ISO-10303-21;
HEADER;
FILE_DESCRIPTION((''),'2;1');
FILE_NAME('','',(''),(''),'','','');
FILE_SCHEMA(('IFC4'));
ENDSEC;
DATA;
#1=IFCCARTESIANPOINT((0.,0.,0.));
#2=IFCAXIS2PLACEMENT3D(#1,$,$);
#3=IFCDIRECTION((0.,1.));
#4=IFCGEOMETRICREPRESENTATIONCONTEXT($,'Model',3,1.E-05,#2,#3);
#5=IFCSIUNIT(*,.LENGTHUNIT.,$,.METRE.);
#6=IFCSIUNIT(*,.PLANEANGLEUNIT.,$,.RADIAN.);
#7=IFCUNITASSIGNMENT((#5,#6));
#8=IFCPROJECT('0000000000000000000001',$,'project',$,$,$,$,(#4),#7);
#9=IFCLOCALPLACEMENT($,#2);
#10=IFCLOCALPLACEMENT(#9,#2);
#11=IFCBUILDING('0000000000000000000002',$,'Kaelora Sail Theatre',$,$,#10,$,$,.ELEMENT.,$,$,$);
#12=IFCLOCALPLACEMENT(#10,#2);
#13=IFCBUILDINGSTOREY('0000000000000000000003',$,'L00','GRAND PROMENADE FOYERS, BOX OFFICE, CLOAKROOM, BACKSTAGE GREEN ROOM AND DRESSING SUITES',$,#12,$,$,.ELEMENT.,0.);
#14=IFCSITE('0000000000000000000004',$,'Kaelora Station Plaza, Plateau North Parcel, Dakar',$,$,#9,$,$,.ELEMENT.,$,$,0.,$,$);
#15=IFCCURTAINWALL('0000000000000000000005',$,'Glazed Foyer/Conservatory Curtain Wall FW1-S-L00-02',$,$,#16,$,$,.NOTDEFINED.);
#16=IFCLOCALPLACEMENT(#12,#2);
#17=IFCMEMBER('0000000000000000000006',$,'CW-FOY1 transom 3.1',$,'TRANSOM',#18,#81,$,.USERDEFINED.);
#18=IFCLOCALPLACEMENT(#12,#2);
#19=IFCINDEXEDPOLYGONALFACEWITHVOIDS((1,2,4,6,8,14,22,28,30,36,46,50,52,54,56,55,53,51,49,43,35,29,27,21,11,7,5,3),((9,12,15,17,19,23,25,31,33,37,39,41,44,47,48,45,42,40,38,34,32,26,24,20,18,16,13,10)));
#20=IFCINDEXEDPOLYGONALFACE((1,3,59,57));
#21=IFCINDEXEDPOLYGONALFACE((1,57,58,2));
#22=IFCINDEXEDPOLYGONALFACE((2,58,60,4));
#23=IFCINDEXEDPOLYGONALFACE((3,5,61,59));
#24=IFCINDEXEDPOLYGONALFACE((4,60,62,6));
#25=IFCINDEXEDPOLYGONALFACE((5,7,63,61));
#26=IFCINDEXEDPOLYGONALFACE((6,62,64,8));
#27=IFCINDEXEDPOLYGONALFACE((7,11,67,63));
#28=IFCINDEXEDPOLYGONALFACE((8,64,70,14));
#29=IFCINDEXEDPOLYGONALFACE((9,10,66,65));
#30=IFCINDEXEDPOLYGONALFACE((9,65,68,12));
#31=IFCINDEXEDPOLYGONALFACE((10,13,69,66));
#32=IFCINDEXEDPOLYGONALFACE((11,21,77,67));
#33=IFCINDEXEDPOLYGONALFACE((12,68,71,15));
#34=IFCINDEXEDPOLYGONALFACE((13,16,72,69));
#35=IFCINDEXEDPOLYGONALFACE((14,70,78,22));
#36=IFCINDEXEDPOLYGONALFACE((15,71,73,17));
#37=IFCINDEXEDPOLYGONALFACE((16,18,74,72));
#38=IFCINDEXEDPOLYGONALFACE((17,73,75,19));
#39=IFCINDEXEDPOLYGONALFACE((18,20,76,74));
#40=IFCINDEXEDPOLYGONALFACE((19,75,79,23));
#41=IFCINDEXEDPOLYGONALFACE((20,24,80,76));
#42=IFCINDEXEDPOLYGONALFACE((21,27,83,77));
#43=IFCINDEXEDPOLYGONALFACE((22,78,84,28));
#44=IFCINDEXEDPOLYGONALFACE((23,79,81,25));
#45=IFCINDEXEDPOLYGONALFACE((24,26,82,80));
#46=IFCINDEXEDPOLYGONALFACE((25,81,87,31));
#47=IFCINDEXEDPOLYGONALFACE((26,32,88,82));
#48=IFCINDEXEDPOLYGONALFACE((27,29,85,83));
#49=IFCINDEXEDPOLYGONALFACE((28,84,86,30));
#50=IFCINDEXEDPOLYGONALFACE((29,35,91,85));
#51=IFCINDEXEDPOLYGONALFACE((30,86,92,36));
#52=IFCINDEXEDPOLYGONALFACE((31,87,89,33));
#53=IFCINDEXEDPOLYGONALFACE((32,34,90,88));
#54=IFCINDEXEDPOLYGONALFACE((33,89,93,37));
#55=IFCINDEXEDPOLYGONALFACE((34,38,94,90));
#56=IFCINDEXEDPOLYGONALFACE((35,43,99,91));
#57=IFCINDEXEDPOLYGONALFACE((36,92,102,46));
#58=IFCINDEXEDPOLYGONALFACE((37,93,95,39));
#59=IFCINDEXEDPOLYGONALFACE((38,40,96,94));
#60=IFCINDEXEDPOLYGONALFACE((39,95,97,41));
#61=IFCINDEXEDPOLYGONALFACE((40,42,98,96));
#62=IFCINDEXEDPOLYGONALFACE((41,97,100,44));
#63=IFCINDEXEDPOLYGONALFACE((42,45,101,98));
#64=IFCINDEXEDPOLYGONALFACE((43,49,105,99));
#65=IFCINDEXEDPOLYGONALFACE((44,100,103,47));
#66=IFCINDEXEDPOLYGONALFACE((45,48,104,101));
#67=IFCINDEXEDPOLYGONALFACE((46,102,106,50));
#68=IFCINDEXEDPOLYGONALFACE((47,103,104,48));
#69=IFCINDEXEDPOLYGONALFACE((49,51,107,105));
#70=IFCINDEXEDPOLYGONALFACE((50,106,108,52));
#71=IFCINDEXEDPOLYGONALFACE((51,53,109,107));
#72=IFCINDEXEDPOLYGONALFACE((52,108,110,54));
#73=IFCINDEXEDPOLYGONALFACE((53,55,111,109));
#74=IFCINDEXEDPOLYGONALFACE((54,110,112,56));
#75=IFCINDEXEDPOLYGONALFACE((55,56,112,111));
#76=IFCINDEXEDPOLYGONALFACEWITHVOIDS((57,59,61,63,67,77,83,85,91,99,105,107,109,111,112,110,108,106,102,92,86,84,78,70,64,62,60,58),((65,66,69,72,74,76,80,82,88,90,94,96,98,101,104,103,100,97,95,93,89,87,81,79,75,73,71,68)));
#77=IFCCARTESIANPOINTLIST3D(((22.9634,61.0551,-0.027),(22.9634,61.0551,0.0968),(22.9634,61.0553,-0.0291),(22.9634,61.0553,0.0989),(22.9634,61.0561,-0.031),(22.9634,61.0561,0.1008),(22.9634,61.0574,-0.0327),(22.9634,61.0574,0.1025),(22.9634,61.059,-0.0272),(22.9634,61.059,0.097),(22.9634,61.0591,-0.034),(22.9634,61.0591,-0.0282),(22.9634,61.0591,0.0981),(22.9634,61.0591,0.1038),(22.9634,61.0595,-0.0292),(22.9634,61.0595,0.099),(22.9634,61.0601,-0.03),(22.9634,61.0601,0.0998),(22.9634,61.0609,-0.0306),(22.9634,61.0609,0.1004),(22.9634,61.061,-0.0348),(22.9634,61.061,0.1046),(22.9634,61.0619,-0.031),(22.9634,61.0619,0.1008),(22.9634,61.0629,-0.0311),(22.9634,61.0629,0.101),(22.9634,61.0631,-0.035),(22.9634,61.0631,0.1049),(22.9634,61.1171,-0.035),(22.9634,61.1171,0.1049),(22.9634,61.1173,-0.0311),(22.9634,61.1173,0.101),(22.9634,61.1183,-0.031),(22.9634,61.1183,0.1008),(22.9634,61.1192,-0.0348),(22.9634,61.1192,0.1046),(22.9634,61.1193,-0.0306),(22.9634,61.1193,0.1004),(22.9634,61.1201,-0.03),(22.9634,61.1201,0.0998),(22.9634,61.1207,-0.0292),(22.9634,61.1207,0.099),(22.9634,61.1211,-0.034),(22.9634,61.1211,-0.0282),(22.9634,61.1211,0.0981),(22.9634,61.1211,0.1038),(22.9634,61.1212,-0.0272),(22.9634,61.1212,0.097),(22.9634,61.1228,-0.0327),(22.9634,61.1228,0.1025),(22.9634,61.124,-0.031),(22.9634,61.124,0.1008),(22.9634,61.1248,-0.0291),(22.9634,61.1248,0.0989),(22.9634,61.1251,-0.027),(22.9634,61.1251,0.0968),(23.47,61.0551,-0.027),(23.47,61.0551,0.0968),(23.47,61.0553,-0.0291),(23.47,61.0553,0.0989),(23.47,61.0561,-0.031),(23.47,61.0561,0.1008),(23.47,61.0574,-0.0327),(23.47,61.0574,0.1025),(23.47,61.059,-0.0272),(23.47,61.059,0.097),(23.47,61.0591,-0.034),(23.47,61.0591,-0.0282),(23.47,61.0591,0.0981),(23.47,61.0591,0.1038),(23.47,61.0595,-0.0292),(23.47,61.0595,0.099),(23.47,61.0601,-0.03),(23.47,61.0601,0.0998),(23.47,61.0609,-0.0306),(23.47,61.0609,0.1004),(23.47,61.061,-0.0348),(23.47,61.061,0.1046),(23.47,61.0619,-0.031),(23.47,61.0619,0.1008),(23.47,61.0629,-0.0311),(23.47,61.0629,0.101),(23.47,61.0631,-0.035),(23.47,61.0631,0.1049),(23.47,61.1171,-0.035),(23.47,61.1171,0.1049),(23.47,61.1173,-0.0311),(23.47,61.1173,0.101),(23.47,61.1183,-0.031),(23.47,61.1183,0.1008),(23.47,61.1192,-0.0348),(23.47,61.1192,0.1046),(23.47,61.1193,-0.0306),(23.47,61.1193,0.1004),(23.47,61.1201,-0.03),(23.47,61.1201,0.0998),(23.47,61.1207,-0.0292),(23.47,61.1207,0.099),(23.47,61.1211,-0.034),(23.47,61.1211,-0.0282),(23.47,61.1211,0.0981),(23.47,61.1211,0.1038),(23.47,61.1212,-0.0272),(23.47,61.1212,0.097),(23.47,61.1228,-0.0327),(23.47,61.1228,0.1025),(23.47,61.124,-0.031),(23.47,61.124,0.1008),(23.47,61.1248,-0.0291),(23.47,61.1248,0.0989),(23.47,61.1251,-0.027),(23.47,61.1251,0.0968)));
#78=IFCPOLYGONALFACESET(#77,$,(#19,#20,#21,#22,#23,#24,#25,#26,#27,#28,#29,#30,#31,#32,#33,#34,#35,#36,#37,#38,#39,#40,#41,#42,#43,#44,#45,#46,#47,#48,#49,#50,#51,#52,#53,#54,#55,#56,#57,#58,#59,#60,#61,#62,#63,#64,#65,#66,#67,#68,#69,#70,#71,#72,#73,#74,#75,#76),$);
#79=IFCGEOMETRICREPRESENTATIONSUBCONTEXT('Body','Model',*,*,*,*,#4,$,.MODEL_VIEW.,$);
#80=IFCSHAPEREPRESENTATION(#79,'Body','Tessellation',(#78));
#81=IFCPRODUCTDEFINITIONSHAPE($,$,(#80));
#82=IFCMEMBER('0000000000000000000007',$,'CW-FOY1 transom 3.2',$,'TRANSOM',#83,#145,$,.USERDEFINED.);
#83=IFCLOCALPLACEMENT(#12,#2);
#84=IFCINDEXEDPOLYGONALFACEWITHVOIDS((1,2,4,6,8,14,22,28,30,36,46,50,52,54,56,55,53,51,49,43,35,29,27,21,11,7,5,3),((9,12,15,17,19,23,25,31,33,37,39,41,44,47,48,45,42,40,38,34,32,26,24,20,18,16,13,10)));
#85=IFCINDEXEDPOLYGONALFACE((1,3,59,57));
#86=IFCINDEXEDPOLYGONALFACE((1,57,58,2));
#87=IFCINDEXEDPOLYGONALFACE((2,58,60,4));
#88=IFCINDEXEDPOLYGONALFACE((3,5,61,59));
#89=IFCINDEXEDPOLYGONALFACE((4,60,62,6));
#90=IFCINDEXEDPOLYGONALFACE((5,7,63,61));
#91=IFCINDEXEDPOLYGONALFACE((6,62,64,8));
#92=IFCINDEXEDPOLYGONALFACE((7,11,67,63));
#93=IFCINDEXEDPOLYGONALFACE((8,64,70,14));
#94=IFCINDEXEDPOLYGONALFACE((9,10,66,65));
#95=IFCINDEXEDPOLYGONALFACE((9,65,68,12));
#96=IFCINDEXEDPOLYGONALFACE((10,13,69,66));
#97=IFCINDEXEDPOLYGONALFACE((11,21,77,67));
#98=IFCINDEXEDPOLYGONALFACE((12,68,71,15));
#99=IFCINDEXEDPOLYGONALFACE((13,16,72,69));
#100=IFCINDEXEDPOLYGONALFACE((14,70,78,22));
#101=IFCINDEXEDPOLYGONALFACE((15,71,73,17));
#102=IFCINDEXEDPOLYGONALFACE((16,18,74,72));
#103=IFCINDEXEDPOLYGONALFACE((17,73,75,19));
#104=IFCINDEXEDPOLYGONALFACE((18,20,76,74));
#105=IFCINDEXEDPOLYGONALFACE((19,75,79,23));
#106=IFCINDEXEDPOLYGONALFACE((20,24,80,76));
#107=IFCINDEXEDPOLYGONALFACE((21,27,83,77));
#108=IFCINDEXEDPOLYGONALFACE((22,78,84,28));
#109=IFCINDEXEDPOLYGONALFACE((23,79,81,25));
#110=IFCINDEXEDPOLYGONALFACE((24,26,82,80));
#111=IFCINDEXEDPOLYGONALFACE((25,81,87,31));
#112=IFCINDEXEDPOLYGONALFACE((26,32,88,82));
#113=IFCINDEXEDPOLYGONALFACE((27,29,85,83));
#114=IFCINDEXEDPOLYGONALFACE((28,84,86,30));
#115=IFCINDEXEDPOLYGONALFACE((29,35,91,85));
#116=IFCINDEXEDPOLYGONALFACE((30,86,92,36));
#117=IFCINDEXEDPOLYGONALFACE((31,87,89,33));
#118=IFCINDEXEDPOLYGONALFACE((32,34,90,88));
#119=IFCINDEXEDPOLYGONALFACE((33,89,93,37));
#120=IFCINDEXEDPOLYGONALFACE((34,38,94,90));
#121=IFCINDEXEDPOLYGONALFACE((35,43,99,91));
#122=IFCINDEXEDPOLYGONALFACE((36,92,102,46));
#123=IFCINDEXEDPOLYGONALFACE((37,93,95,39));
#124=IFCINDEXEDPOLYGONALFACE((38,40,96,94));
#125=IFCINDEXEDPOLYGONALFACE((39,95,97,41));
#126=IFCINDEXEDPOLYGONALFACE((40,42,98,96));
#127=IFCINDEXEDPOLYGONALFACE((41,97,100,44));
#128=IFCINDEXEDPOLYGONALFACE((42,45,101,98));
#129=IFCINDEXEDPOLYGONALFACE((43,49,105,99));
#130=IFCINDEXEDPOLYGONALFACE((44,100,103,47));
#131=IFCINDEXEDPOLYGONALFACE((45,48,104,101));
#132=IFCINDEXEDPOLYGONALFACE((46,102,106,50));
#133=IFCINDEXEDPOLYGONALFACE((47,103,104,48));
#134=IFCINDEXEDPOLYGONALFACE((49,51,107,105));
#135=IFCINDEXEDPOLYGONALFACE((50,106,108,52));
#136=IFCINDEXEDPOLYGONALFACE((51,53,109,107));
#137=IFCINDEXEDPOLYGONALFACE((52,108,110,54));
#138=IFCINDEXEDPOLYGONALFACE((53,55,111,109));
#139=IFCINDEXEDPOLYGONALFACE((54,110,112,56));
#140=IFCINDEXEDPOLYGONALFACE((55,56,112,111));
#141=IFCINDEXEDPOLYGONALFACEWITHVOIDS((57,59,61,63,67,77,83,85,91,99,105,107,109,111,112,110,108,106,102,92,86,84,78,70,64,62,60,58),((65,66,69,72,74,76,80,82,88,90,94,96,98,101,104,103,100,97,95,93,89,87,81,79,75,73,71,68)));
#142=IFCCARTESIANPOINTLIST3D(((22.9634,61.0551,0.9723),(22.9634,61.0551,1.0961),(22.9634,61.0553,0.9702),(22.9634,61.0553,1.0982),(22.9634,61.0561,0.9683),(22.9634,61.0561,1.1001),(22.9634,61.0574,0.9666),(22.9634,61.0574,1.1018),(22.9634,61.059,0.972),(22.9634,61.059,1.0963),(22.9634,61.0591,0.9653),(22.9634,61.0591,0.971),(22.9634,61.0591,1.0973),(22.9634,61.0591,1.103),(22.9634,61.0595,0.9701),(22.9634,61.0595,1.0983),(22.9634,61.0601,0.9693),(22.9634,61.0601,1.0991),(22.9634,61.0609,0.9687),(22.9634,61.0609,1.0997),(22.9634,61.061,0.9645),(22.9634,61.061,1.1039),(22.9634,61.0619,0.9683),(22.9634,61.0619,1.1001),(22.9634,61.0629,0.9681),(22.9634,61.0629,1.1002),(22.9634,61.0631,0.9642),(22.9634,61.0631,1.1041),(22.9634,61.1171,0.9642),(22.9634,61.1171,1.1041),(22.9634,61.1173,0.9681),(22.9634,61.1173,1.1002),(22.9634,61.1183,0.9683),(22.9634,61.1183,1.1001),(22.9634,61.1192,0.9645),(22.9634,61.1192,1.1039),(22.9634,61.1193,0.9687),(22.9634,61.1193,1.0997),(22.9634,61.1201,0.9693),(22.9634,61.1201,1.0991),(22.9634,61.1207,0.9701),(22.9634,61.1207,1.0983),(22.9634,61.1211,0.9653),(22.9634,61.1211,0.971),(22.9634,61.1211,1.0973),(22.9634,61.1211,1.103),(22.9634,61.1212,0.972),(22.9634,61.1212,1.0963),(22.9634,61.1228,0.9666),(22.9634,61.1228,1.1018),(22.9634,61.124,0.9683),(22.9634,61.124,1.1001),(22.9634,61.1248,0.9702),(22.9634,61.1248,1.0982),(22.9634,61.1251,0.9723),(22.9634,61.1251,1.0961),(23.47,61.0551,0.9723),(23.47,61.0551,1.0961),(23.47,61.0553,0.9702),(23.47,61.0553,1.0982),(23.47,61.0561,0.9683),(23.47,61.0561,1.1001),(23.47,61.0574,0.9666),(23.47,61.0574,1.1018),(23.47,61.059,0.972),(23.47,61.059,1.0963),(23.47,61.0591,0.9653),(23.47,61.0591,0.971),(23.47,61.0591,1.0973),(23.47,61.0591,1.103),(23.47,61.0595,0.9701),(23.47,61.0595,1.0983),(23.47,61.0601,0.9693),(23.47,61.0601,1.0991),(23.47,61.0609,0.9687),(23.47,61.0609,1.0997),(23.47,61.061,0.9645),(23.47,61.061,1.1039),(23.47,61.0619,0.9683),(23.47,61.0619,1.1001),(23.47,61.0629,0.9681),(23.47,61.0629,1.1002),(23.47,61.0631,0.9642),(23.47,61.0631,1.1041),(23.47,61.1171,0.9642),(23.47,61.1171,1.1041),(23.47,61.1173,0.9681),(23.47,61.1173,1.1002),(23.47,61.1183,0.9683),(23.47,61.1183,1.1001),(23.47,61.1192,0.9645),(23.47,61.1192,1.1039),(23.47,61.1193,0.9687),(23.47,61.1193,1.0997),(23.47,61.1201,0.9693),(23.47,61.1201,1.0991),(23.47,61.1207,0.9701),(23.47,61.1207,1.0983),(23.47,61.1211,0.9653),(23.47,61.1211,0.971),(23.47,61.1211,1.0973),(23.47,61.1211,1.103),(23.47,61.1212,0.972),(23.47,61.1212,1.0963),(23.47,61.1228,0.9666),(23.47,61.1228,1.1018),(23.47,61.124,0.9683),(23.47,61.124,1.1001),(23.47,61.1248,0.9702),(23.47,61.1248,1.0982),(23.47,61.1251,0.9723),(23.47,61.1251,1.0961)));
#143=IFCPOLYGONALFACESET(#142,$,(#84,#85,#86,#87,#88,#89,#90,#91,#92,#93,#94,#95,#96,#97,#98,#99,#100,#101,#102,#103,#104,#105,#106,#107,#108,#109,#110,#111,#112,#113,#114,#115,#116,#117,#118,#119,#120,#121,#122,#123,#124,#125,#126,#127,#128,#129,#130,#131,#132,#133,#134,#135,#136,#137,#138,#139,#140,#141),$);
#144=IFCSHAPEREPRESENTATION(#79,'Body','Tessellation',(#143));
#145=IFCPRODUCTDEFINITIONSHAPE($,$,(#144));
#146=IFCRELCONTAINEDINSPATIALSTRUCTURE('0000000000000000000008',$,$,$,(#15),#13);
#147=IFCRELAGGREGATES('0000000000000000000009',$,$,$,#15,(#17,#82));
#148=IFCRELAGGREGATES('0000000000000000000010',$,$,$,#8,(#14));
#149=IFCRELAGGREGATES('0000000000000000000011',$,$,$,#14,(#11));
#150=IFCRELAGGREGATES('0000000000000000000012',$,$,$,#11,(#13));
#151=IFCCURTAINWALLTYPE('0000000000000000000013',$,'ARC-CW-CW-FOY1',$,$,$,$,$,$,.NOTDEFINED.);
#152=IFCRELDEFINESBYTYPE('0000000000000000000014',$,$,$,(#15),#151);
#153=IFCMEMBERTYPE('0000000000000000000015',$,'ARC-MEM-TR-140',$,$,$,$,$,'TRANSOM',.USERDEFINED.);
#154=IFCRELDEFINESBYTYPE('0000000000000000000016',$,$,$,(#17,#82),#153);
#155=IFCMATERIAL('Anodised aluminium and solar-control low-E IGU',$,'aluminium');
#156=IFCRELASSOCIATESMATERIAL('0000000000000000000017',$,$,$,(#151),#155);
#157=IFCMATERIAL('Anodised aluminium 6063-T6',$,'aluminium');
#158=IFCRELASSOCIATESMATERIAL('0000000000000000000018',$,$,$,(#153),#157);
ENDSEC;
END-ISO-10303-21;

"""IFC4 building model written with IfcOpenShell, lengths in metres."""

from ifc_helpers import new_model, si_unit, direction, frame, origin, origin_2d, place, context, subcontext, project, spatial, hollow_rectangle, extrude, material, material_profile, profile_set, type_object, element, aggregate, save


model = new_model("IFC4")

# Units and contexts
model_context = context("Model", 3, precision=1e-05, world=origin(), true_north=direction((0.0, 1.0)))
body_context = subcontext(model_context, "Body", "Model", "MODEL_VIEW")
ifc_project = project(units=[si_unit("LENGTHUNIT", "METRE"), si_unit("PLANEANGLEUNIT", "RADIAN")], contexts=[model_context])

# Site, building, storey
site_placement = place(None, origin())
site = spatial("IfcSite", under=ifc_project, at=site_placement, Name="Kaelora Station Plaza, Plateau North Parcel, Dakar", CompositionType="ELEMENT", RefElevation=0.0)
building_placement = place(site_placement, origin())
building = spatial("IfcBuilding", under=site, at=building_placement, Name="Kaelora Sail Theatre", CompositionType="ELEMENT")
storey_placement = place(building_placement, origin())
storey = spatial("IfcBuildingStorey", under=building, at=storey_placement, Name="L00", Description="GRAND PROMENADE FOYERS, BOX OFFICE, CLOAKROOM, BACKSTAGE GREEN ROOM AND DRESSING SUITES", CompositionType="ELEMENT", Elevation=0.0)

# Curtain wall, members
ifc_material_1 = material(Name="Anodised aluminium and solar-control low-E IGU", Category="aluminium")
curtain_wall_type = type_object("IfcCurtainWallType", Name="ARC-CW-CW-FOY1", PredefinedType="NOTDEFINED", material=ifc_material_1)
curtain_wall_placement = place(storey_placement, origin())
curtain_wall = element("IfcCurtainWall", 1, at=curtain_wall_placement, inside=storey, type_object=curtain_wall_type, Name="Glazed Foyer/Conservatory Curtain Wall FW1-S-L00-02", PredefinedType="NOTDEFINED")
ifc_material_2 = material(Name="Anodised aluminium 6063-T6", Category="aluminium")
ifc_material_profile_1 = material_profile(ifc_material_2, hollow_rectangle(XDim=0.0701, YDim=0.1399, WallThickness=0.0039, InnerFilletRadius=0.0039, OuterFilletRadius=0.0081, at=origin_2d()), Name="ALU-TRAN 70x140x4")
ifc_profile_set_1 = profile_set([ifc_material_profile_1], Name="Anodised aluminium 6063-T6")
member_type_1 = type_object("IfcMemberType", Name="ARC-MEM-TR-140", ElementType="TRANSOM", PredefinedType="USERDEFINED", material=ifc_profile_set_1)
member_1_placement = place(storey_placement, frame((22.9634, 61.0901, 0.0349), z_axis=(1.0, 0.0, 0.0), x_axis=(0.0, 1.0, 0.0)))
member_1 = element("IfcMember", 2, at=member_1_placement, type_object=member_type_1, Name="CW-FOY1 transom 3.1", ObjectType="TRANSOM", PredefinedType="USERDEFINED", context=body_context, shape_type="SweptSolid", body=[
    extrude(hollow_rectangle(XDim=0.0701, YDim=0.1399, WallThickness=0.0039, InnerFilletRadius=0.0039, OuterFilletRadius=0.0081, at=origin_2d()), origin(), (0.0, 0.0, 1.0), 0.5066),
])
member_2_placement = place(storey_placement, frame((22.9634, 61.0901, 1.0342), z_axis=(1.0, 0.0, 0.0), x_axis=(0.0, 1.0, 0.0)))
member_2 = element("IfcMember", 3, at=member_2_placement, type_object=member_type_1, Name="CW-FOY1 transom 3.2", ObjectType="TRANSOM", PredefinedType="USERDEFINED", context=body_context, shape_type="SweptSolid", body=[
    extrude(hollow_rectangle(XDim=0.0701, YDim=0.1399, WallThickness=0.0039, InnerFilletRadius=0.0039, OuterFilletRadius=0.0081, at=origin_2d()), origin(), (0.0, 0.0, 1.0), 0.5066),
])

aggregate(curtain_wall, [member_1, member_2])

save(model, "model.ifc")
